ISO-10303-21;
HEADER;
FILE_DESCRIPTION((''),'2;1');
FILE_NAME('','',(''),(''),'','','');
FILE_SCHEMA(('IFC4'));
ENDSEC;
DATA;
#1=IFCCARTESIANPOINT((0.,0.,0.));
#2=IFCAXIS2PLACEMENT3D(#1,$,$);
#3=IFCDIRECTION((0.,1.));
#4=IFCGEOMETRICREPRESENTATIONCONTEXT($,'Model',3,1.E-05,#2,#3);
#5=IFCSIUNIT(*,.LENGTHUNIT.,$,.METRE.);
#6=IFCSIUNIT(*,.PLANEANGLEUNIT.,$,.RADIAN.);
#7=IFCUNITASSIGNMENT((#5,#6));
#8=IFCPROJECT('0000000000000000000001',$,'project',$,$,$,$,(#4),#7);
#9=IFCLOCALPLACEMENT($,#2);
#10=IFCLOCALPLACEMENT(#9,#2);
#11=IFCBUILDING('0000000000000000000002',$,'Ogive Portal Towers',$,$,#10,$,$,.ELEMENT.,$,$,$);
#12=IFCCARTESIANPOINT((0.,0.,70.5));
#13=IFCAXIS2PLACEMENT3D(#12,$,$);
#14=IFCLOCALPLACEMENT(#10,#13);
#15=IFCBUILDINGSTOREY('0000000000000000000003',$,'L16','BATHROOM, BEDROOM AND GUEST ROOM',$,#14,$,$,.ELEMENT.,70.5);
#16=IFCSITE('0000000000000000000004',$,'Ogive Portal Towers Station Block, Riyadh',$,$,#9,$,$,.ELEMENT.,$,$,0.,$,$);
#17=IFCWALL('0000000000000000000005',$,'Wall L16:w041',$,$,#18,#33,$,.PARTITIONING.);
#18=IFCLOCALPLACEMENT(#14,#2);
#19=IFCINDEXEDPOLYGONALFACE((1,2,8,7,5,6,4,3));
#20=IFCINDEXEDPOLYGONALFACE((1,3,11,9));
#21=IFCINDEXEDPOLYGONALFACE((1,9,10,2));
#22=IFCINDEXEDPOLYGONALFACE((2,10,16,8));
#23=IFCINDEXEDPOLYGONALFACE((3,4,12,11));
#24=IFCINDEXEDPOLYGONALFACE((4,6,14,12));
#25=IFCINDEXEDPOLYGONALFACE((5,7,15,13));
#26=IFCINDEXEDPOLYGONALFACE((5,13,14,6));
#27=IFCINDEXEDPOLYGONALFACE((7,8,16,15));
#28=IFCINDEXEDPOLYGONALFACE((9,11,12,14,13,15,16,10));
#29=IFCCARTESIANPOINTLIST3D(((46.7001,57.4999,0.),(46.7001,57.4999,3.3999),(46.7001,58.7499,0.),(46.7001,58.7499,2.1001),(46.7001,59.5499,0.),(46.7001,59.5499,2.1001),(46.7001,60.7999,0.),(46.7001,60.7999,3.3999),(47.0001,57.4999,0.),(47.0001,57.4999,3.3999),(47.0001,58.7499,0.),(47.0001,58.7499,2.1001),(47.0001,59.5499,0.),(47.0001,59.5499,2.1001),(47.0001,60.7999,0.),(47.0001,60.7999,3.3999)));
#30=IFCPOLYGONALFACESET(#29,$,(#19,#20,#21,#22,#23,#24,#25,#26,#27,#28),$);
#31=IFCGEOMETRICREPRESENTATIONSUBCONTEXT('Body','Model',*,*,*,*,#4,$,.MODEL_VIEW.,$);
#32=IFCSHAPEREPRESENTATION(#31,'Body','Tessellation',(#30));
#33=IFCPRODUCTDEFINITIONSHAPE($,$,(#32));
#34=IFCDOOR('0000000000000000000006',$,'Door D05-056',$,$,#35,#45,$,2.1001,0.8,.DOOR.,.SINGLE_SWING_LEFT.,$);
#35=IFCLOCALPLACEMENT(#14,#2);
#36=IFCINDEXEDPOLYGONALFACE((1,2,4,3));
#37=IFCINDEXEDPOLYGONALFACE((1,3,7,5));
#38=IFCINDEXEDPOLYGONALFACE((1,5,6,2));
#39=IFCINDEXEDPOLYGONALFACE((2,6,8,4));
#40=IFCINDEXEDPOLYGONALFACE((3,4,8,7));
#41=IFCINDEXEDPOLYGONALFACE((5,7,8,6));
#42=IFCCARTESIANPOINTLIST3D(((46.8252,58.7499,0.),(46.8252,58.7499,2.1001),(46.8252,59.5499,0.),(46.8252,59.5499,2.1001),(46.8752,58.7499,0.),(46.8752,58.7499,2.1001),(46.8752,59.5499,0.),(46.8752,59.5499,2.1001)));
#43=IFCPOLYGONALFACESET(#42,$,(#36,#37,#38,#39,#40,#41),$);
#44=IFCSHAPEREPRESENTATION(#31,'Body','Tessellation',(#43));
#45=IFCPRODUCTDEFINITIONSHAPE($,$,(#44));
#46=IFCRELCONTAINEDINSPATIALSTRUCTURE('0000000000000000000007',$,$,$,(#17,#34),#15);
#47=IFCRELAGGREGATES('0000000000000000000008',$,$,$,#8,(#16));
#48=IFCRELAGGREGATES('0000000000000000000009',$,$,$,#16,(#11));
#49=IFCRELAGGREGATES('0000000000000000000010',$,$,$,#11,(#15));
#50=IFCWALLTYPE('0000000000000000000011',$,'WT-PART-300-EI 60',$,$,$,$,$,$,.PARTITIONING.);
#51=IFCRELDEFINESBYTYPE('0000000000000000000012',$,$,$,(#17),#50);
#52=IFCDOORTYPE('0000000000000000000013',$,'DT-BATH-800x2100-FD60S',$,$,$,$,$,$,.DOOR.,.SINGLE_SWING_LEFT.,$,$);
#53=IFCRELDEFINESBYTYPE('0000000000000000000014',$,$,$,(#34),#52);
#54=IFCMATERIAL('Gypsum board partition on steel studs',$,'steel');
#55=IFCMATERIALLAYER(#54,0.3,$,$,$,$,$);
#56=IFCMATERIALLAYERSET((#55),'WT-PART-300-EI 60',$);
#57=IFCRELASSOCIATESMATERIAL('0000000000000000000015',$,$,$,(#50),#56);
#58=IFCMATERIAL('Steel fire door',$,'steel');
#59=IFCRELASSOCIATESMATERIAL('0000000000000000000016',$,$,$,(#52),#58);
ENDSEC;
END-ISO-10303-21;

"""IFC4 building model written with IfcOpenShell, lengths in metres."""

from ifc_helpers import new_model, si_unit, direction, frame, frame_2d, origin, place, context, subcontext, project, spatial, rectangle, extrude, material, layer, layer_set, type_object, element, fill, save


model = new_model("IFC4")

# Units and contexts
model_context = context("Model", 3, precision=1e-05, world=origin(), true_north=direction((0.0, 1.0)))
body_context = subcontext(model_context, "Body", "Model", "MODEL_VIEW")
ifc_project = project(units=[si_unit("LENGTHUNIT", "METRE"), si_unit("PLANEANGLEUNIT", "RADIAN")], contexts=[model_context])

# Site, building, storey
site_placement = place(None, origin())
site = spatial("IfcSite", under=ifc_project, at=site_placement, Name="Ogive Portal Towers Station Block, Riyadh", CompositionType="ELEMENT", RefElevation=0.0)
building_placement = place(site_placement, origin())
building = spatial("IfcBuilding", under=site, at=building_placement, Name="Ogive Portal Towers", CompositionType="ELEMENT")
storey_placement = place(building_placement, frame((0.0, 0.0, 70.5)))
storey = spatial("IfcBuildingStorey", under=building, at=storey_placement, Name="L16", Description="BATHROOM, BEDROOM AND GUEST ROOM", CompositionType="ELEMENT", Elevation=70.5)

# Shared definitions
ifc_material_1 = material(Name="Gypsum board partition on steel studs", Category="steel")
ifc_layer_1 = layer(ifc_material_1, 0.3)
ifc_layer_set_1 = layer_set([ifc_layer_1], Name="WT-PART-300-EI 60")
wall_type_1 = type_object("IfcWallType", Name="WT-PART-300-EI 60", PredefinedType="PARTITIONING", material=ifc_layer_set_1)

# Wall, opening, door
wall_1_placement = place(storey_placement, frame((46.8501, 57.5, 0.0), z_axis=(0.0, 0.0, 1.0), x_axis=(0.0, 1.0, 0.0)))
wall_1 = element("IfcWall", 1, at=wall_1_placement, inside=storey, type_object=wall_type_1, Name="Wall L16:w041", PredefinedType="PARTITIONING", context=body_context, shape_type="SweptSolid", body=[
    extrude(rectangle(XDim=3.3, YDim=0.3, at=frame_2d((1.6499, 0.0))), origin(), (0.0, 0.0, 1.0), 3.3999),
])
opening_placement = place(wall_1_placement, frame((1.25, 0.0, 0.0)))
opening = element("IfcOpeningElement", 2, at=opening_placement, cuts=wall_1, PredefinedType="OPENING", context=body_context, shape_type="SweptSolid", body=[
    extrude(rectangle(XDim=0.8, YDim=2.1001, at=frame_2d((0.3999, 1.05))), frame((0.0, 0.1602, 0.0), z_axis=(0.0, -1.0, 0.0), x_axis=(1.0, 0.0, 0.0)), (0.0, 0.0, 1.0), 0.3201),
])
ifc_material_2 = material(Name="Steel fire door", Category="steel")
door_type = type_object("IfcDoorType", Name="DT-BATH-800x2100-FD60S", OperationType="SINGLE_SWING_LEFT", PredefinedType="DOOR", material=ifc_material_2)
door_placement = place(opening_placement, origin())
door = element("IfcDoor", 3, at=door_placement, inside=storey, type_object=door_type, Name="Door D05-056", OperationType="SINGLE_SWING_LEFT", OverallHeight=2.1001, OverallWidth=0.8, PredefinedType="DOOR", context=body_context, shape_type="SweptSolid", body=[
    extrude(rectangle(XDim=0.8, YDim=2.1001, at=frame_2d((0.3999, 1.05))), frame((0.0, 0.0249, 0.0), z_axis=(0.0, -1.0, 0.0), x_axis=(1.0, 0.0, 0.0)), (0.0, 0.0, 1.0), 0.05),
])
fill(opening, door)

save(model, "model.ifc")
